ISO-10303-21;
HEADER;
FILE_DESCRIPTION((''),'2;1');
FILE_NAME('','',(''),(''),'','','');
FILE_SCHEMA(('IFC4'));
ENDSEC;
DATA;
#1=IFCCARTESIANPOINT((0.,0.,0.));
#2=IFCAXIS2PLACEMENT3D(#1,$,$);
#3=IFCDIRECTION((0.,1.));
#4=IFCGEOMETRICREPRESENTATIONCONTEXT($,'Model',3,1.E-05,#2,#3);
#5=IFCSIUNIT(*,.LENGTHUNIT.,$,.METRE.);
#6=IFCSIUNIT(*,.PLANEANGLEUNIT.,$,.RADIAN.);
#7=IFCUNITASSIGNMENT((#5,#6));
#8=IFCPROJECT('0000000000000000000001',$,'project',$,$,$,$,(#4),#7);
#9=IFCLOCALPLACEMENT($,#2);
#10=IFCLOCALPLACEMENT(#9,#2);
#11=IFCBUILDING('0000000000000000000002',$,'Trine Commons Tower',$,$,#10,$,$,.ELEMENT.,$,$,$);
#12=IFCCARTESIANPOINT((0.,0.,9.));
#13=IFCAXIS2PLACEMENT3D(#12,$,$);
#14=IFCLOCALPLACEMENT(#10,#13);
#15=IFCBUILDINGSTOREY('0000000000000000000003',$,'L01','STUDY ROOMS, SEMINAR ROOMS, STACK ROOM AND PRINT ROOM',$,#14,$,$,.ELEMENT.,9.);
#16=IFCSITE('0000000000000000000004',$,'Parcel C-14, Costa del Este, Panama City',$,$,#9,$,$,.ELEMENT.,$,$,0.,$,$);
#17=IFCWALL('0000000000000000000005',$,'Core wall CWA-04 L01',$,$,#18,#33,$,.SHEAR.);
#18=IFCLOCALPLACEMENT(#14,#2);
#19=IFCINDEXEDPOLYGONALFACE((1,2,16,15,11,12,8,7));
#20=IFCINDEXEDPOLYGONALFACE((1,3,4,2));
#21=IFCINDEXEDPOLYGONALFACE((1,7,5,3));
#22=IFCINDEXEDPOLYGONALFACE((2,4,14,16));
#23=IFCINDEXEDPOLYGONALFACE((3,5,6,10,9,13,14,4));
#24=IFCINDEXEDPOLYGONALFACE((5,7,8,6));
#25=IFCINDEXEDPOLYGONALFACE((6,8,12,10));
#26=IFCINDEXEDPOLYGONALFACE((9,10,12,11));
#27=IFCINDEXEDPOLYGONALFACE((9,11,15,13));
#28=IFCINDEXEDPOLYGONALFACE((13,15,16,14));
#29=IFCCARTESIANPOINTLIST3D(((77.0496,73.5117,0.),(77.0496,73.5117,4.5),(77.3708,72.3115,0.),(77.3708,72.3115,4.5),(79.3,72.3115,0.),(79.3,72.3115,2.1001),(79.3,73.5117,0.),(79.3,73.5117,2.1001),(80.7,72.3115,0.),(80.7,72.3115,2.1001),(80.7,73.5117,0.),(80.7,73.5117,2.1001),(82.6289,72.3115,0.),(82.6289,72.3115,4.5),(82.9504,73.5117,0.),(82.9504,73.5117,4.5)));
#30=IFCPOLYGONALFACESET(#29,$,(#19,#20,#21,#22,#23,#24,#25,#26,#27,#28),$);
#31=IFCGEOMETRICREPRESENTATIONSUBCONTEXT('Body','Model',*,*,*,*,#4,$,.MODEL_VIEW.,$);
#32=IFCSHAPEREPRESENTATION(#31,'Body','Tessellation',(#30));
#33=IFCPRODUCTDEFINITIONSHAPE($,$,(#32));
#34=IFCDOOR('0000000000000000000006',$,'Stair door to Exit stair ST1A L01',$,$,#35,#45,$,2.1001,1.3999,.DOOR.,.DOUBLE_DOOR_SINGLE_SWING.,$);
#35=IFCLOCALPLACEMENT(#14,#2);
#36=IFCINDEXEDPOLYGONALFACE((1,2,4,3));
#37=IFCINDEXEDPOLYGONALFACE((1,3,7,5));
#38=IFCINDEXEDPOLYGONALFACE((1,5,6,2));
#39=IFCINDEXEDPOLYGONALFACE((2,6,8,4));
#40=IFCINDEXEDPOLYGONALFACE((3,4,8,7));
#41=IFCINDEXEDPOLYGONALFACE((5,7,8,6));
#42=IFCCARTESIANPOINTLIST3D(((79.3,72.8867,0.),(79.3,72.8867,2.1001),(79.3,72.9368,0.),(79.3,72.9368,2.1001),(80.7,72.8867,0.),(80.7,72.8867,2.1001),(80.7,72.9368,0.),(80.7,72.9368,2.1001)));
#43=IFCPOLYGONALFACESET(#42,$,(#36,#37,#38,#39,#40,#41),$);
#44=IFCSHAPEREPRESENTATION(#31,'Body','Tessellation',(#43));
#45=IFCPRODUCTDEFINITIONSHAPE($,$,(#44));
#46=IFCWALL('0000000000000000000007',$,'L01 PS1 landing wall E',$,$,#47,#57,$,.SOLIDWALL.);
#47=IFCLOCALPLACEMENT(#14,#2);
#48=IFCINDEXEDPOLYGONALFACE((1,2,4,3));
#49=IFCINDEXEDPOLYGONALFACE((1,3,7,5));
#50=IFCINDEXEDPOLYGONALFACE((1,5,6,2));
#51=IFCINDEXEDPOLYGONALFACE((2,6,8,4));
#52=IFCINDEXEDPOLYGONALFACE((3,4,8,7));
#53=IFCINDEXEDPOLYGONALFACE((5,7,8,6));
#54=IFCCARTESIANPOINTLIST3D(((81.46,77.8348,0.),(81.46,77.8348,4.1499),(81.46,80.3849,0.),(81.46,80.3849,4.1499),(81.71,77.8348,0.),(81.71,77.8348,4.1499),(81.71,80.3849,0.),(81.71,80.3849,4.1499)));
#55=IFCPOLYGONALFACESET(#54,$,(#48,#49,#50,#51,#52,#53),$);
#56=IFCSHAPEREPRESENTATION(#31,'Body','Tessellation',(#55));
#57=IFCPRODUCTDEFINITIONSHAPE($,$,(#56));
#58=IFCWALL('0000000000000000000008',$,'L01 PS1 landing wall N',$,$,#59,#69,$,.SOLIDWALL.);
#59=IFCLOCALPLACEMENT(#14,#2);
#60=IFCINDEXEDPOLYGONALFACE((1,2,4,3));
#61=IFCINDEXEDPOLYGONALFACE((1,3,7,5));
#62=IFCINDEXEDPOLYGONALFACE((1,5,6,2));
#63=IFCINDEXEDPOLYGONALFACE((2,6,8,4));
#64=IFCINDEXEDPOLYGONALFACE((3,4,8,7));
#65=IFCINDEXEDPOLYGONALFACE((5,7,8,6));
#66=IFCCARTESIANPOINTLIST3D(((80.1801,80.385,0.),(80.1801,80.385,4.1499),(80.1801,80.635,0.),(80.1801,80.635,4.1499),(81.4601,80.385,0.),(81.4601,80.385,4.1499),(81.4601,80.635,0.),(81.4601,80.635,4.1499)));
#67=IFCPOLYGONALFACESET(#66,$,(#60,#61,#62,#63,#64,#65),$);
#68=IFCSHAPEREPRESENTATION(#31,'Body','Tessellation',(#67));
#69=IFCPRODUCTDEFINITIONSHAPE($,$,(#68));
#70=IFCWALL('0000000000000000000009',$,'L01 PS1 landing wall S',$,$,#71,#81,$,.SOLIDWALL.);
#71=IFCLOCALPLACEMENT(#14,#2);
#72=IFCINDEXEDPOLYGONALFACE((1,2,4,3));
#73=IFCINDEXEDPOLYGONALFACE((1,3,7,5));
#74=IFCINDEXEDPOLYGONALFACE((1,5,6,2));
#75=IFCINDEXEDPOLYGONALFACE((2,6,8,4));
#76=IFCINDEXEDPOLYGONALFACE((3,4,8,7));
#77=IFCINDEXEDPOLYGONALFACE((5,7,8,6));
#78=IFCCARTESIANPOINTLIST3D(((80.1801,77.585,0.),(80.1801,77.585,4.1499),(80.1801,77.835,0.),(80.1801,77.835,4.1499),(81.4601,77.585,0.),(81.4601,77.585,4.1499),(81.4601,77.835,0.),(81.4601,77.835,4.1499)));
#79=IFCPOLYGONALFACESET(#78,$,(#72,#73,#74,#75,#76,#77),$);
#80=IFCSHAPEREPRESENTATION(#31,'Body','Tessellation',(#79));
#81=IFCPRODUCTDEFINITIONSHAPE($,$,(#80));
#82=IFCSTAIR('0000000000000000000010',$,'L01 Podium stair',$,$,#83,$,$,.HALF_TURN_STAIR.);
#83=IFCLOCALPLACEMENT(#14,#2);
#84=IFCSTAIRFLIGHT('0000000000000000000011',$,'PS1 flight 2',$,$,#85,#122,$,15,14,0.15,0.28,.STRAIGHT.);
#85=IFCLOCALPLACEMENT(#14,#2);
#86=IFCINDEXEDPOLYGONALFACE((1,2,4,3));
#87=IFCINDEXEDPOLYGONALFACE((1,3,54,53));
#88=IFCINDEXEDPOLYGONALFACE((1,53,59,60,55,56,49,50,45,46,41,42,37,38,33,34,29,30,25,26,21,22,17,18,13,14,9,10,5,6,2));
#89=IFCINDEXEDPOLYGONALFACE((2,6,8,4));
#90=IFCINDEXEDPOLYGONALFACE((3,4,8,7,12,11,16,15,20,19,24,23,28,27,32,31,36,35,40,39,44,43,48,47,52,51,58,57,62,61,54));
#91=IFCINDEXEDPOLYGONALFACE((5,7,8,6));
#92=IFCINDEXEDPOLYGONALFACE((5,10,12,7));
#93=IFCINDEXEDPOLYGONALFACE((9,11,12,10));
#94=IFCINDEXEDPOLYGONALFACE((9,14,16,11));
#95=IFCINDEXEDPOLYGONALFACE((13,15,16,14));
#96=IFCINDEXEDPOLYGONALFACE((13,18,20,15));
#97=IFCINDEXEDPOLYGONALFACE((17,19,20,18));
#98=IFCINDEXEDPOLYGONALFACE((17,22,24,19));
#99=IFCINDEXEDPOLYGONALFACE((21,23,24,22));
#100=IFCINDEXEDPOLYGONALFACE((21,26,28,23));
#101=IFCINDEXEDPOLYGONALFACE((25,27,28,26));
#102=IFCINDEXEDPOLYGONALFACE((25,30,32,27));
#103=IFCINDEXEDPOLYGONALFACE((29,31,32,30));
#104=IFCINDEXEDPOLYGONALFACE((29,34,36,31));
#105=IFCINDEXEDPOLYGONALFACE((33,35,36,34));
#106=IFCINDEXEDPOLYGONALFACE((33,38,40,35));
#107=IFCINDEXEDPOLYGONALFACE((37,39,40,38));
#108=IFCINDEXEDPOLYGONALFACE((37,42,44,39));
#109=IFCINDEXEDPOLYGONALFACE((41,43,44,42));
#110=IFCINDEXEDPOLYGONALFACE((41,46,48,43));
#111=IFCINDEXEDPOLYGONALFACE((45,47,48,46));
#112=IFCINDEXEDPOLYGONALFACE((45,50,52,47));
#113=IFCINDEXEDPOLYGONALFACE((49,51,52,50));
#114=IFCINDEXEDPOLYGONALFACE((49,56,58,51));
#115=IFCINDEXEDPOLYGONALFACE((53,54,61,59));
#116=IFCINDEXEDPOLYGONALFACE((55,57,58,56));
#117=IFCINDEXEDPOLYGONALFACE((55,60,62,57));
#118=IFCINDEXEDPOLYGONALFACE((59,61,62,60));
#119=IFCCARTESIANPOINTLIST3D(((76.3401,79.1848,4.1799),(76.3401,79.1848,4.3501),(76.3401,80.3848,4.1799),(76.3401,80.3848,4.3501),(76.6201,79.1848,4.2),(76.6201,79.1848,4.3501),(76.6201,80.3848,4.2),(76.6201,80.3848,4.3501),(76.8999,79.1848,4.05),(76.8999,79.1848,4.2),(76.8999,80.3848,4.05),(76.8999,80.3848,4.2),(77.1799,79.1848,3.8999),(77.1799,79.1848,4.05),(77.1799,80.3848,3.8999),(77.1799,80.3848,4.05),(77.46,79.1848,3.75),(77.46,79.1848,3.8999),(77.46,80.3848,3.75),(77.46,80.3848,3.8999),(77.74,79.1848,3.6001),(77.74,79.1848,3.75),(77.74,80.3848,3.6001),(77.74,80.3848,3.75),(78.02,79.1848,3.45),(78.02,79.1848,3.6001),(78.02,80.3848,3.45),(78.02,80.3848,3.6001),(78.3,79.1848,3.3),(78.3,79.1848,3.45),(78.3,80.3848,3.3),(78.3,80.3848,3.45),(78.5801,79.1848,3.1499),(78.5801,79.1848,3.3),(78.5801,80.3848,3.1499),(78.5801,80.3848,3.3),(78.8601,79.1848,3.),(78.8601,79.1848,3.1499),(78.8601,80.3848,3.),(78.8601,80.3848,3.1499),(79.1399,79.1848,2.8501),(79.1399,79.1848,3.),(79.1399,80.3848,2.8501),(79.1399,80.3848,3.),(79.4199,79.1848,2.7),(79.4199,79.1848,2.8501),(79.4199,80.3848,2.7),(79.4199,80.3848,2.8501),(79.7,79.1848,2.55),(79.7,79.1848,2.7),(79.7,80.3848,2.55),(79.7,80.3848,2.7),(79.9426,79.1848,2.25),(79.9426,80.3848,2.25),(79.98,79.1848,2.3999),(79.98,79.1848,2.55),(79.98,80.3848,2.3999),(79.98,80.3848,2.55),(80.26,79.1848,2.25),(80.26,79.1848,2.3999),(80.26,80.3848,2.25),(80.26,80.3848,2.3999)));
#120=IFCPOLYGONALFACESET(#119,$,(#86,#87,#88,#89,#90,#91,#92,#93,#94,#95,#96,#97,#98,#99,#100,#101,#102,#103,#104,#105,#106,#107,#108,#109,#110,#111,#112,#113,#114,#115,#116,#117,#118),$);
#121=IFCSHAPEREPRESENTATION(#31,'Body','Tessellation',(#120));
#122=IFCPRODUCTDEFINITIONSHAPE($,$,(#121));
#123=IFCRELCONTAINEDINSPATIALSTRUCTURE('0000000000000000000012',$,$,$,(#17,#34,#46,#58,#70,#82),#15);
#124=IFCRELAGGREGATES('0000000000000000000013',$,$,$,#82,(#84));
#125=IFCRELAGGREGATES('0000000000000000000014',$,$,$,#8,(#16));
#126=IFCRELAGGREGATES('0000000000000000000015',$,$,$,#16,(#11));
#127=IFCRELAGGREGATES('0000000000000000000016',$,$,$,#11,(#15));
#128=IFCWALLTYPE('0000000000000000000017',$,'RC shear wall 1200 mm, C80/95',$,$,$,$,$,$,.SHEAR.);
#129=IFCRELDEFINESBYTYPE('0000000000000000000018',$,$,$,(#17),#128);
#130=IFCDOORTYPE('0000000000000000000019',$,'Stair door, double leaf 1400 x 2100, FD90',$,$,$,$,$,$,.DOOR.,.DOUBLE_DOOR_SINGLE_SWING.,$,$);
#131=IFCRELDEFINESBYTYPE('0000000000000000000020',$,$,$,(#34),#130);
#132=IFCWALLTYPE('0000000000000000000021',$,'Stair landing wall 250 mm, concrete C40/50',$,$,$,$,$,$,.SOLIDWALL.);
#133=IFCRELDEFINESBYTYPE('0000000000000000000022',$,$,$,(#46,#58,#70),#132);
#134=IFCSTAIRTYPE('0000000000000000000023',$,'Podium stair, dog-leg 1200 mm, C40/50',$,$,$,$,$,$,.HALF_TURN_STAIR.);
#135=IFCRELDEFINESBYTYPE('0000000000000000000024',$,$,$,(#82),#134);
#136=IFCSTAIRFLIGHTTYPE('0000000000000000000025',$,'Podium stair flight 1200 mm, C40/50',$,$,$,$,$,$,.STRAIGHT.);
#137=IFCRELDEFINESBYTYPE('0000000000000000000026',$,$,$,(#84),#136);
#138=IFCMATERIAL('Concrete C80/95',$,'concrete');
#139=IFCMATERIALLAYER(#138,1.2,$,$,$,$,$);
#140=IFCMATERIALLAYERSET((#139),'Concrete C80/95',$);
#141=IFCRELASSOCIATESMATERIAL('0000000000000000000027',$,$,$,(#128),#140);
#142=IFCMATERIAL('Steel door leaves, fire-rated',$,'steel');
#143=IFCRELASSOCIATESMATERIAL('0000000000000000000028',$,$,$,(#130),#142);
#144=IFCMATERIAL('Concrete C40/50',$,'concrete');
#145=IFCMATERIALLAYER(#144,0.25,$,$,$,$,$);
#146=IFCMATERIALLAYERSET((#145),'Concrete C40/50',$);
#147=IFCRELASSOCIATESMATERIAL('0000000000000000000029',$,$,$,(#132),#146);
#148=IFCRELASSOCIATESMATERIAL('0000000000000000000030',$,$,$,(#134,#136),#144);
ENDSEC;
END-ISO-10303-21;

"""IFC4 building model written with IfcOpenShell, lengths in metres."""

from ifc_helpers import new_model, si_unit, direction, frame, frame_2d, origin, place, context, subcontext, project, spatial, polyline, rectangle, outline, extrude, material, layer, layer_set, type_object, element, fill, aggregate, save


model = new_model("IFC4")

# Units and contexts
model_context = context("Model", 3, precision=1e-05, world=origin(), true_north=direction((0.0, 1.0)))
body_context = subcontext(model_context, "Body", "Model", "MODEL_VIEW")
ifc_project = project(units=[si_unit("LENGTHUNIT", "METRE"), si_unit("PLANEANGLEUNIT", "RADIAN")], contexts=[model_context])

# Site, building, storey
site_placement = place(None, origin())
site = spatial("IfcSite", under=ifc_project, at=site_placement, Name="Parcel C-14, Costa del Este, Panama City", CompositionType="ELEMENT", RefElevation=0.0)
building_placement = place(site_placement, origin())
building = spatial("IfcBuilding", under=site, at=building_placement, Name="Trine Commons Tower", CompositionType="ELEMENT")
storey_placement = place(building_placement, frame((0.0, 0.0, 9.0)))
storey = spatial("IfcBuildingStorey", under=building, at=storey_placement, Name="L01", Description="STUDY ROOMS, SEMINAR ROOMS, STACK ROOM AND PRINT ROOM", CompositionType="ELEMENT", Elevation=9.0)

# Shared definitions
ifc_material_1 = material(Name="Concrete C80/95", Category="concrete")

# Wall, opening, door
ifc_layer_1 = layer(ifc_material_1, 1.2)
ifc_layer_set_1 = layer_set([ifc_layer_1], Name="Concrete C80/95")
wall_type_1 = type_object("IfcWallType", Name="RC shear wall 1200 mm, C80/95", PredefinedType="SHEAR", material=ifc_layer_set_1)
wall_1_placement = place(storey_placement, frame((82.9504, 72.9116, 0.0), z_axis=(0.0, 0.0, 1.0), x_axis=(-1.0, 0.0, 0.0)))
wall_1 = element("IfcWall", 1, at=wall_1_placement, inside=storey, type_object=wall_type_1, Name="Core wall CWA-04 L01", PredefinedType="SHEAR", context=body_context, shape_type="SweptSolid", body=[
    extrude(outline(polyline([(0.0, -0.6001), (5.9009, -0.6001), (5.5796, 0.6001), (0.3215, 0.6001), (0.0, -0.6001)])), origin(), (0.0, 0.0, 1.0), 4.5),
])
opening_1_placement = place(wall_1_placement, frame((2.2505, 0.0, 0.0)))
opening_1 = element("IfcOpeningElement", 2, at=opening_1_placement, cuts=wall_1, PredefinedType="OPENING", context=body_context, shape_type="SweptSolid", body=[
    extrude(rectangle(XDim=1.3999, YDim=2.1001, at=frame_2d((0.7, 1.05))), frame((0.0, 0.6099, 0.0), z_axis=(0.0, -1.0, 0.0), x_axis=(1.0, 0.0, 0.0)), (0.0, 0.0, 1.0), 1.22),
])
ifc_material_2 = material(Name="Steel door leaves, fire-rated", Category="steel")
door_type_1 = type_object("IfcDoorType", Name="Stair door, double leaf 1400 x 2100, FD90", OperationType="DOUBLE_DOOR_SINGLE_SWING", PredefinedType="DOOR", material=ifc_material_2)
door_1_placement = place(opening_1_placement, origin())
door_1 = element("IfcDoor", 3, at=door_1_placement, inside=storey, type_object=door_type_1, Name="Stair door to Exit stair ST1A L01", OperationType="DOUBLE_DOOR_SINGLE_SWING", OverallHeight=2.1001, OverallWidth=1.3999, PredefinedType="DOOR", context=body_context, shape_type="SweptSolid", body=[
    extrude(rectangle(XDim=1.3999, YDim=2.1001, at=frame_2d((0.7, 1.05))), frame((0.0, 0.0249, 0.0), z_axis=(0.0, -1.0, 0.0), x_axis=(1.0, 0.0, 0.0)), (0.0, 0.0, 1.0), 0.05),
])
fill(opening_1, door_1)

# Walls
ifc_material_3 = material(Name="Concrete C40/50", Category="concrete")
ifc_layer_2 = layer(ifc_material_3, 0.25)
ifc_layer_set_2 = layer_set([ifc_layer_2], Name="Concrete C40/50")
wall_type_2 = type_object("IfcWallType", Name="Stair landing wall 250 mm, concrete C40/50", PredefinedType="SOLIDWALL", material=ifc_layer_set_2)
wall_2_placement = place(storey_placement, frame((81.585, 77.835, 0.0), z_axis=(0.0, 0.0, 1.0), x_axis=(0.0, 1.0, 0.0)))
element("IfcWall", 4, at=wall_2_placement, inside=storey, type_object=wall_type_2, Name="L01 PS1 landing wall E", PredefinedType="SOLIDWALL", context=body_context, shape_type="SweptSolid", body=[
    extrude(rectangle(XDim=2.55, YDim=0.25, at=frame_2d((1.2749, 0.0))), origin(), (0.0, 0.0, 1.0), 4.1499),
])
for number, where, z_axis, x_axis, name in (
    (5, (80.1799, 80.51, 0.0), (0.0, 0.0, 1.0), (1.0, 0.0, 0.0), "L01 PS1 landing wall N"),
    (6, (80.1799, 77.71, 0.0), (0.0, 0.0, 1.0), (1.0, 0.0, 0.0), "L01 PS1 landing wall S"),
):
    element("IfcWall", number, at=place(storey_placement, frame(where, z_axis=z_axis, x_axis=x_axis)), inside=storey, type_object=wall_type_2, Name=name, PredefinedType="SOLIDWALL", context=body_context, shape_type="SweptSolid", body=[
        extrude(rectangle(XDim=1.28, YDim=0.25, at=frame_2d((0.6401, 0.0))), origin(), (0.0, 0.0, 1.0), 4.1499),
    ])

# Stair, stair flight
stair_type = type_object("IfcStairType", Name="Podium stair, dog-leg 1200 mm, C40/50", PredefinedType="HALF_TURN_STAIR", material=ifc_material_3)
stair_placement = place(storey_placement, origin())
stair = element("IfcStair", 7, at=stair_placement, inside=storey, type_object=stair_type, Name="L01 Podium stair", PredefinedType="HALF_TURN_STAIR")
stair_flight_type = type_object("IfcStairFlightType", Name="Podium stair flight 1200 mm, C40/50", PredefinedType="STRAIGHT", material=ifc_material_3)
stair_flight_placement = place(storey_placement, frame((80.26, 79.7849, 2.25), z_axis=(0.0, 0.0, 1.0), x_axis=(-1.0, 0.0, 0.0)))
stair_flight = element("IfcStairFlight", 8, at=stair_flight_placement, type_object=stair_flight_type, Name="PS1 flight 2", NumberOfRisers=15, NumberOfTreads=14, PredefinedType="STRAIGHT", RiserHeight=0.15, TreadLength=0.28, context=body_context, shape_type="SweptSolid", body=[
    extrude(outline(polyline([(0.0, 0.0), (0.0, 0.1499), (0.28, 0.1499), (0.28, 0.3), (0.5601, 0.3), (0.5601, 0.45), (0.8401, 0.45), (0.8401, 0.6001), (1.1201, 0.6001), (1.1201, 0.75), (1.3999, 0.75), (1.3999, 0.8999), (1.6799, 0.8999), (1.6799, 1.05), (1.96, 1.05), (1.96, 1.2), (2.24, 1.2), (2.24, 1.3501), (2.52, 1.3501), (2.52, 1.5), (2.8, 1.5), (2.8, 1.6499), (3.0801, 1.6499), (3.0801, 1.8), (3.3601, 1.8), (3.3601, 1.95), (3.6399, 1.95), (3.6399, 2.1001), (3.9199, 2.1001), (3.9199, 2.25), (3.9199, 1.9299), (0.3174, 0.0), (0.0, 0.0)])), frame((0.0, 0.6001, 0.0), z_axis=(0.0, -1.0, 0.0), x_axis=(1.0, 0.0, 0.0)), (0.0, 0.0, 1.0), 1.2),
])
aggregate(stair, [stair_flight])

save(model, "model.ifc")
